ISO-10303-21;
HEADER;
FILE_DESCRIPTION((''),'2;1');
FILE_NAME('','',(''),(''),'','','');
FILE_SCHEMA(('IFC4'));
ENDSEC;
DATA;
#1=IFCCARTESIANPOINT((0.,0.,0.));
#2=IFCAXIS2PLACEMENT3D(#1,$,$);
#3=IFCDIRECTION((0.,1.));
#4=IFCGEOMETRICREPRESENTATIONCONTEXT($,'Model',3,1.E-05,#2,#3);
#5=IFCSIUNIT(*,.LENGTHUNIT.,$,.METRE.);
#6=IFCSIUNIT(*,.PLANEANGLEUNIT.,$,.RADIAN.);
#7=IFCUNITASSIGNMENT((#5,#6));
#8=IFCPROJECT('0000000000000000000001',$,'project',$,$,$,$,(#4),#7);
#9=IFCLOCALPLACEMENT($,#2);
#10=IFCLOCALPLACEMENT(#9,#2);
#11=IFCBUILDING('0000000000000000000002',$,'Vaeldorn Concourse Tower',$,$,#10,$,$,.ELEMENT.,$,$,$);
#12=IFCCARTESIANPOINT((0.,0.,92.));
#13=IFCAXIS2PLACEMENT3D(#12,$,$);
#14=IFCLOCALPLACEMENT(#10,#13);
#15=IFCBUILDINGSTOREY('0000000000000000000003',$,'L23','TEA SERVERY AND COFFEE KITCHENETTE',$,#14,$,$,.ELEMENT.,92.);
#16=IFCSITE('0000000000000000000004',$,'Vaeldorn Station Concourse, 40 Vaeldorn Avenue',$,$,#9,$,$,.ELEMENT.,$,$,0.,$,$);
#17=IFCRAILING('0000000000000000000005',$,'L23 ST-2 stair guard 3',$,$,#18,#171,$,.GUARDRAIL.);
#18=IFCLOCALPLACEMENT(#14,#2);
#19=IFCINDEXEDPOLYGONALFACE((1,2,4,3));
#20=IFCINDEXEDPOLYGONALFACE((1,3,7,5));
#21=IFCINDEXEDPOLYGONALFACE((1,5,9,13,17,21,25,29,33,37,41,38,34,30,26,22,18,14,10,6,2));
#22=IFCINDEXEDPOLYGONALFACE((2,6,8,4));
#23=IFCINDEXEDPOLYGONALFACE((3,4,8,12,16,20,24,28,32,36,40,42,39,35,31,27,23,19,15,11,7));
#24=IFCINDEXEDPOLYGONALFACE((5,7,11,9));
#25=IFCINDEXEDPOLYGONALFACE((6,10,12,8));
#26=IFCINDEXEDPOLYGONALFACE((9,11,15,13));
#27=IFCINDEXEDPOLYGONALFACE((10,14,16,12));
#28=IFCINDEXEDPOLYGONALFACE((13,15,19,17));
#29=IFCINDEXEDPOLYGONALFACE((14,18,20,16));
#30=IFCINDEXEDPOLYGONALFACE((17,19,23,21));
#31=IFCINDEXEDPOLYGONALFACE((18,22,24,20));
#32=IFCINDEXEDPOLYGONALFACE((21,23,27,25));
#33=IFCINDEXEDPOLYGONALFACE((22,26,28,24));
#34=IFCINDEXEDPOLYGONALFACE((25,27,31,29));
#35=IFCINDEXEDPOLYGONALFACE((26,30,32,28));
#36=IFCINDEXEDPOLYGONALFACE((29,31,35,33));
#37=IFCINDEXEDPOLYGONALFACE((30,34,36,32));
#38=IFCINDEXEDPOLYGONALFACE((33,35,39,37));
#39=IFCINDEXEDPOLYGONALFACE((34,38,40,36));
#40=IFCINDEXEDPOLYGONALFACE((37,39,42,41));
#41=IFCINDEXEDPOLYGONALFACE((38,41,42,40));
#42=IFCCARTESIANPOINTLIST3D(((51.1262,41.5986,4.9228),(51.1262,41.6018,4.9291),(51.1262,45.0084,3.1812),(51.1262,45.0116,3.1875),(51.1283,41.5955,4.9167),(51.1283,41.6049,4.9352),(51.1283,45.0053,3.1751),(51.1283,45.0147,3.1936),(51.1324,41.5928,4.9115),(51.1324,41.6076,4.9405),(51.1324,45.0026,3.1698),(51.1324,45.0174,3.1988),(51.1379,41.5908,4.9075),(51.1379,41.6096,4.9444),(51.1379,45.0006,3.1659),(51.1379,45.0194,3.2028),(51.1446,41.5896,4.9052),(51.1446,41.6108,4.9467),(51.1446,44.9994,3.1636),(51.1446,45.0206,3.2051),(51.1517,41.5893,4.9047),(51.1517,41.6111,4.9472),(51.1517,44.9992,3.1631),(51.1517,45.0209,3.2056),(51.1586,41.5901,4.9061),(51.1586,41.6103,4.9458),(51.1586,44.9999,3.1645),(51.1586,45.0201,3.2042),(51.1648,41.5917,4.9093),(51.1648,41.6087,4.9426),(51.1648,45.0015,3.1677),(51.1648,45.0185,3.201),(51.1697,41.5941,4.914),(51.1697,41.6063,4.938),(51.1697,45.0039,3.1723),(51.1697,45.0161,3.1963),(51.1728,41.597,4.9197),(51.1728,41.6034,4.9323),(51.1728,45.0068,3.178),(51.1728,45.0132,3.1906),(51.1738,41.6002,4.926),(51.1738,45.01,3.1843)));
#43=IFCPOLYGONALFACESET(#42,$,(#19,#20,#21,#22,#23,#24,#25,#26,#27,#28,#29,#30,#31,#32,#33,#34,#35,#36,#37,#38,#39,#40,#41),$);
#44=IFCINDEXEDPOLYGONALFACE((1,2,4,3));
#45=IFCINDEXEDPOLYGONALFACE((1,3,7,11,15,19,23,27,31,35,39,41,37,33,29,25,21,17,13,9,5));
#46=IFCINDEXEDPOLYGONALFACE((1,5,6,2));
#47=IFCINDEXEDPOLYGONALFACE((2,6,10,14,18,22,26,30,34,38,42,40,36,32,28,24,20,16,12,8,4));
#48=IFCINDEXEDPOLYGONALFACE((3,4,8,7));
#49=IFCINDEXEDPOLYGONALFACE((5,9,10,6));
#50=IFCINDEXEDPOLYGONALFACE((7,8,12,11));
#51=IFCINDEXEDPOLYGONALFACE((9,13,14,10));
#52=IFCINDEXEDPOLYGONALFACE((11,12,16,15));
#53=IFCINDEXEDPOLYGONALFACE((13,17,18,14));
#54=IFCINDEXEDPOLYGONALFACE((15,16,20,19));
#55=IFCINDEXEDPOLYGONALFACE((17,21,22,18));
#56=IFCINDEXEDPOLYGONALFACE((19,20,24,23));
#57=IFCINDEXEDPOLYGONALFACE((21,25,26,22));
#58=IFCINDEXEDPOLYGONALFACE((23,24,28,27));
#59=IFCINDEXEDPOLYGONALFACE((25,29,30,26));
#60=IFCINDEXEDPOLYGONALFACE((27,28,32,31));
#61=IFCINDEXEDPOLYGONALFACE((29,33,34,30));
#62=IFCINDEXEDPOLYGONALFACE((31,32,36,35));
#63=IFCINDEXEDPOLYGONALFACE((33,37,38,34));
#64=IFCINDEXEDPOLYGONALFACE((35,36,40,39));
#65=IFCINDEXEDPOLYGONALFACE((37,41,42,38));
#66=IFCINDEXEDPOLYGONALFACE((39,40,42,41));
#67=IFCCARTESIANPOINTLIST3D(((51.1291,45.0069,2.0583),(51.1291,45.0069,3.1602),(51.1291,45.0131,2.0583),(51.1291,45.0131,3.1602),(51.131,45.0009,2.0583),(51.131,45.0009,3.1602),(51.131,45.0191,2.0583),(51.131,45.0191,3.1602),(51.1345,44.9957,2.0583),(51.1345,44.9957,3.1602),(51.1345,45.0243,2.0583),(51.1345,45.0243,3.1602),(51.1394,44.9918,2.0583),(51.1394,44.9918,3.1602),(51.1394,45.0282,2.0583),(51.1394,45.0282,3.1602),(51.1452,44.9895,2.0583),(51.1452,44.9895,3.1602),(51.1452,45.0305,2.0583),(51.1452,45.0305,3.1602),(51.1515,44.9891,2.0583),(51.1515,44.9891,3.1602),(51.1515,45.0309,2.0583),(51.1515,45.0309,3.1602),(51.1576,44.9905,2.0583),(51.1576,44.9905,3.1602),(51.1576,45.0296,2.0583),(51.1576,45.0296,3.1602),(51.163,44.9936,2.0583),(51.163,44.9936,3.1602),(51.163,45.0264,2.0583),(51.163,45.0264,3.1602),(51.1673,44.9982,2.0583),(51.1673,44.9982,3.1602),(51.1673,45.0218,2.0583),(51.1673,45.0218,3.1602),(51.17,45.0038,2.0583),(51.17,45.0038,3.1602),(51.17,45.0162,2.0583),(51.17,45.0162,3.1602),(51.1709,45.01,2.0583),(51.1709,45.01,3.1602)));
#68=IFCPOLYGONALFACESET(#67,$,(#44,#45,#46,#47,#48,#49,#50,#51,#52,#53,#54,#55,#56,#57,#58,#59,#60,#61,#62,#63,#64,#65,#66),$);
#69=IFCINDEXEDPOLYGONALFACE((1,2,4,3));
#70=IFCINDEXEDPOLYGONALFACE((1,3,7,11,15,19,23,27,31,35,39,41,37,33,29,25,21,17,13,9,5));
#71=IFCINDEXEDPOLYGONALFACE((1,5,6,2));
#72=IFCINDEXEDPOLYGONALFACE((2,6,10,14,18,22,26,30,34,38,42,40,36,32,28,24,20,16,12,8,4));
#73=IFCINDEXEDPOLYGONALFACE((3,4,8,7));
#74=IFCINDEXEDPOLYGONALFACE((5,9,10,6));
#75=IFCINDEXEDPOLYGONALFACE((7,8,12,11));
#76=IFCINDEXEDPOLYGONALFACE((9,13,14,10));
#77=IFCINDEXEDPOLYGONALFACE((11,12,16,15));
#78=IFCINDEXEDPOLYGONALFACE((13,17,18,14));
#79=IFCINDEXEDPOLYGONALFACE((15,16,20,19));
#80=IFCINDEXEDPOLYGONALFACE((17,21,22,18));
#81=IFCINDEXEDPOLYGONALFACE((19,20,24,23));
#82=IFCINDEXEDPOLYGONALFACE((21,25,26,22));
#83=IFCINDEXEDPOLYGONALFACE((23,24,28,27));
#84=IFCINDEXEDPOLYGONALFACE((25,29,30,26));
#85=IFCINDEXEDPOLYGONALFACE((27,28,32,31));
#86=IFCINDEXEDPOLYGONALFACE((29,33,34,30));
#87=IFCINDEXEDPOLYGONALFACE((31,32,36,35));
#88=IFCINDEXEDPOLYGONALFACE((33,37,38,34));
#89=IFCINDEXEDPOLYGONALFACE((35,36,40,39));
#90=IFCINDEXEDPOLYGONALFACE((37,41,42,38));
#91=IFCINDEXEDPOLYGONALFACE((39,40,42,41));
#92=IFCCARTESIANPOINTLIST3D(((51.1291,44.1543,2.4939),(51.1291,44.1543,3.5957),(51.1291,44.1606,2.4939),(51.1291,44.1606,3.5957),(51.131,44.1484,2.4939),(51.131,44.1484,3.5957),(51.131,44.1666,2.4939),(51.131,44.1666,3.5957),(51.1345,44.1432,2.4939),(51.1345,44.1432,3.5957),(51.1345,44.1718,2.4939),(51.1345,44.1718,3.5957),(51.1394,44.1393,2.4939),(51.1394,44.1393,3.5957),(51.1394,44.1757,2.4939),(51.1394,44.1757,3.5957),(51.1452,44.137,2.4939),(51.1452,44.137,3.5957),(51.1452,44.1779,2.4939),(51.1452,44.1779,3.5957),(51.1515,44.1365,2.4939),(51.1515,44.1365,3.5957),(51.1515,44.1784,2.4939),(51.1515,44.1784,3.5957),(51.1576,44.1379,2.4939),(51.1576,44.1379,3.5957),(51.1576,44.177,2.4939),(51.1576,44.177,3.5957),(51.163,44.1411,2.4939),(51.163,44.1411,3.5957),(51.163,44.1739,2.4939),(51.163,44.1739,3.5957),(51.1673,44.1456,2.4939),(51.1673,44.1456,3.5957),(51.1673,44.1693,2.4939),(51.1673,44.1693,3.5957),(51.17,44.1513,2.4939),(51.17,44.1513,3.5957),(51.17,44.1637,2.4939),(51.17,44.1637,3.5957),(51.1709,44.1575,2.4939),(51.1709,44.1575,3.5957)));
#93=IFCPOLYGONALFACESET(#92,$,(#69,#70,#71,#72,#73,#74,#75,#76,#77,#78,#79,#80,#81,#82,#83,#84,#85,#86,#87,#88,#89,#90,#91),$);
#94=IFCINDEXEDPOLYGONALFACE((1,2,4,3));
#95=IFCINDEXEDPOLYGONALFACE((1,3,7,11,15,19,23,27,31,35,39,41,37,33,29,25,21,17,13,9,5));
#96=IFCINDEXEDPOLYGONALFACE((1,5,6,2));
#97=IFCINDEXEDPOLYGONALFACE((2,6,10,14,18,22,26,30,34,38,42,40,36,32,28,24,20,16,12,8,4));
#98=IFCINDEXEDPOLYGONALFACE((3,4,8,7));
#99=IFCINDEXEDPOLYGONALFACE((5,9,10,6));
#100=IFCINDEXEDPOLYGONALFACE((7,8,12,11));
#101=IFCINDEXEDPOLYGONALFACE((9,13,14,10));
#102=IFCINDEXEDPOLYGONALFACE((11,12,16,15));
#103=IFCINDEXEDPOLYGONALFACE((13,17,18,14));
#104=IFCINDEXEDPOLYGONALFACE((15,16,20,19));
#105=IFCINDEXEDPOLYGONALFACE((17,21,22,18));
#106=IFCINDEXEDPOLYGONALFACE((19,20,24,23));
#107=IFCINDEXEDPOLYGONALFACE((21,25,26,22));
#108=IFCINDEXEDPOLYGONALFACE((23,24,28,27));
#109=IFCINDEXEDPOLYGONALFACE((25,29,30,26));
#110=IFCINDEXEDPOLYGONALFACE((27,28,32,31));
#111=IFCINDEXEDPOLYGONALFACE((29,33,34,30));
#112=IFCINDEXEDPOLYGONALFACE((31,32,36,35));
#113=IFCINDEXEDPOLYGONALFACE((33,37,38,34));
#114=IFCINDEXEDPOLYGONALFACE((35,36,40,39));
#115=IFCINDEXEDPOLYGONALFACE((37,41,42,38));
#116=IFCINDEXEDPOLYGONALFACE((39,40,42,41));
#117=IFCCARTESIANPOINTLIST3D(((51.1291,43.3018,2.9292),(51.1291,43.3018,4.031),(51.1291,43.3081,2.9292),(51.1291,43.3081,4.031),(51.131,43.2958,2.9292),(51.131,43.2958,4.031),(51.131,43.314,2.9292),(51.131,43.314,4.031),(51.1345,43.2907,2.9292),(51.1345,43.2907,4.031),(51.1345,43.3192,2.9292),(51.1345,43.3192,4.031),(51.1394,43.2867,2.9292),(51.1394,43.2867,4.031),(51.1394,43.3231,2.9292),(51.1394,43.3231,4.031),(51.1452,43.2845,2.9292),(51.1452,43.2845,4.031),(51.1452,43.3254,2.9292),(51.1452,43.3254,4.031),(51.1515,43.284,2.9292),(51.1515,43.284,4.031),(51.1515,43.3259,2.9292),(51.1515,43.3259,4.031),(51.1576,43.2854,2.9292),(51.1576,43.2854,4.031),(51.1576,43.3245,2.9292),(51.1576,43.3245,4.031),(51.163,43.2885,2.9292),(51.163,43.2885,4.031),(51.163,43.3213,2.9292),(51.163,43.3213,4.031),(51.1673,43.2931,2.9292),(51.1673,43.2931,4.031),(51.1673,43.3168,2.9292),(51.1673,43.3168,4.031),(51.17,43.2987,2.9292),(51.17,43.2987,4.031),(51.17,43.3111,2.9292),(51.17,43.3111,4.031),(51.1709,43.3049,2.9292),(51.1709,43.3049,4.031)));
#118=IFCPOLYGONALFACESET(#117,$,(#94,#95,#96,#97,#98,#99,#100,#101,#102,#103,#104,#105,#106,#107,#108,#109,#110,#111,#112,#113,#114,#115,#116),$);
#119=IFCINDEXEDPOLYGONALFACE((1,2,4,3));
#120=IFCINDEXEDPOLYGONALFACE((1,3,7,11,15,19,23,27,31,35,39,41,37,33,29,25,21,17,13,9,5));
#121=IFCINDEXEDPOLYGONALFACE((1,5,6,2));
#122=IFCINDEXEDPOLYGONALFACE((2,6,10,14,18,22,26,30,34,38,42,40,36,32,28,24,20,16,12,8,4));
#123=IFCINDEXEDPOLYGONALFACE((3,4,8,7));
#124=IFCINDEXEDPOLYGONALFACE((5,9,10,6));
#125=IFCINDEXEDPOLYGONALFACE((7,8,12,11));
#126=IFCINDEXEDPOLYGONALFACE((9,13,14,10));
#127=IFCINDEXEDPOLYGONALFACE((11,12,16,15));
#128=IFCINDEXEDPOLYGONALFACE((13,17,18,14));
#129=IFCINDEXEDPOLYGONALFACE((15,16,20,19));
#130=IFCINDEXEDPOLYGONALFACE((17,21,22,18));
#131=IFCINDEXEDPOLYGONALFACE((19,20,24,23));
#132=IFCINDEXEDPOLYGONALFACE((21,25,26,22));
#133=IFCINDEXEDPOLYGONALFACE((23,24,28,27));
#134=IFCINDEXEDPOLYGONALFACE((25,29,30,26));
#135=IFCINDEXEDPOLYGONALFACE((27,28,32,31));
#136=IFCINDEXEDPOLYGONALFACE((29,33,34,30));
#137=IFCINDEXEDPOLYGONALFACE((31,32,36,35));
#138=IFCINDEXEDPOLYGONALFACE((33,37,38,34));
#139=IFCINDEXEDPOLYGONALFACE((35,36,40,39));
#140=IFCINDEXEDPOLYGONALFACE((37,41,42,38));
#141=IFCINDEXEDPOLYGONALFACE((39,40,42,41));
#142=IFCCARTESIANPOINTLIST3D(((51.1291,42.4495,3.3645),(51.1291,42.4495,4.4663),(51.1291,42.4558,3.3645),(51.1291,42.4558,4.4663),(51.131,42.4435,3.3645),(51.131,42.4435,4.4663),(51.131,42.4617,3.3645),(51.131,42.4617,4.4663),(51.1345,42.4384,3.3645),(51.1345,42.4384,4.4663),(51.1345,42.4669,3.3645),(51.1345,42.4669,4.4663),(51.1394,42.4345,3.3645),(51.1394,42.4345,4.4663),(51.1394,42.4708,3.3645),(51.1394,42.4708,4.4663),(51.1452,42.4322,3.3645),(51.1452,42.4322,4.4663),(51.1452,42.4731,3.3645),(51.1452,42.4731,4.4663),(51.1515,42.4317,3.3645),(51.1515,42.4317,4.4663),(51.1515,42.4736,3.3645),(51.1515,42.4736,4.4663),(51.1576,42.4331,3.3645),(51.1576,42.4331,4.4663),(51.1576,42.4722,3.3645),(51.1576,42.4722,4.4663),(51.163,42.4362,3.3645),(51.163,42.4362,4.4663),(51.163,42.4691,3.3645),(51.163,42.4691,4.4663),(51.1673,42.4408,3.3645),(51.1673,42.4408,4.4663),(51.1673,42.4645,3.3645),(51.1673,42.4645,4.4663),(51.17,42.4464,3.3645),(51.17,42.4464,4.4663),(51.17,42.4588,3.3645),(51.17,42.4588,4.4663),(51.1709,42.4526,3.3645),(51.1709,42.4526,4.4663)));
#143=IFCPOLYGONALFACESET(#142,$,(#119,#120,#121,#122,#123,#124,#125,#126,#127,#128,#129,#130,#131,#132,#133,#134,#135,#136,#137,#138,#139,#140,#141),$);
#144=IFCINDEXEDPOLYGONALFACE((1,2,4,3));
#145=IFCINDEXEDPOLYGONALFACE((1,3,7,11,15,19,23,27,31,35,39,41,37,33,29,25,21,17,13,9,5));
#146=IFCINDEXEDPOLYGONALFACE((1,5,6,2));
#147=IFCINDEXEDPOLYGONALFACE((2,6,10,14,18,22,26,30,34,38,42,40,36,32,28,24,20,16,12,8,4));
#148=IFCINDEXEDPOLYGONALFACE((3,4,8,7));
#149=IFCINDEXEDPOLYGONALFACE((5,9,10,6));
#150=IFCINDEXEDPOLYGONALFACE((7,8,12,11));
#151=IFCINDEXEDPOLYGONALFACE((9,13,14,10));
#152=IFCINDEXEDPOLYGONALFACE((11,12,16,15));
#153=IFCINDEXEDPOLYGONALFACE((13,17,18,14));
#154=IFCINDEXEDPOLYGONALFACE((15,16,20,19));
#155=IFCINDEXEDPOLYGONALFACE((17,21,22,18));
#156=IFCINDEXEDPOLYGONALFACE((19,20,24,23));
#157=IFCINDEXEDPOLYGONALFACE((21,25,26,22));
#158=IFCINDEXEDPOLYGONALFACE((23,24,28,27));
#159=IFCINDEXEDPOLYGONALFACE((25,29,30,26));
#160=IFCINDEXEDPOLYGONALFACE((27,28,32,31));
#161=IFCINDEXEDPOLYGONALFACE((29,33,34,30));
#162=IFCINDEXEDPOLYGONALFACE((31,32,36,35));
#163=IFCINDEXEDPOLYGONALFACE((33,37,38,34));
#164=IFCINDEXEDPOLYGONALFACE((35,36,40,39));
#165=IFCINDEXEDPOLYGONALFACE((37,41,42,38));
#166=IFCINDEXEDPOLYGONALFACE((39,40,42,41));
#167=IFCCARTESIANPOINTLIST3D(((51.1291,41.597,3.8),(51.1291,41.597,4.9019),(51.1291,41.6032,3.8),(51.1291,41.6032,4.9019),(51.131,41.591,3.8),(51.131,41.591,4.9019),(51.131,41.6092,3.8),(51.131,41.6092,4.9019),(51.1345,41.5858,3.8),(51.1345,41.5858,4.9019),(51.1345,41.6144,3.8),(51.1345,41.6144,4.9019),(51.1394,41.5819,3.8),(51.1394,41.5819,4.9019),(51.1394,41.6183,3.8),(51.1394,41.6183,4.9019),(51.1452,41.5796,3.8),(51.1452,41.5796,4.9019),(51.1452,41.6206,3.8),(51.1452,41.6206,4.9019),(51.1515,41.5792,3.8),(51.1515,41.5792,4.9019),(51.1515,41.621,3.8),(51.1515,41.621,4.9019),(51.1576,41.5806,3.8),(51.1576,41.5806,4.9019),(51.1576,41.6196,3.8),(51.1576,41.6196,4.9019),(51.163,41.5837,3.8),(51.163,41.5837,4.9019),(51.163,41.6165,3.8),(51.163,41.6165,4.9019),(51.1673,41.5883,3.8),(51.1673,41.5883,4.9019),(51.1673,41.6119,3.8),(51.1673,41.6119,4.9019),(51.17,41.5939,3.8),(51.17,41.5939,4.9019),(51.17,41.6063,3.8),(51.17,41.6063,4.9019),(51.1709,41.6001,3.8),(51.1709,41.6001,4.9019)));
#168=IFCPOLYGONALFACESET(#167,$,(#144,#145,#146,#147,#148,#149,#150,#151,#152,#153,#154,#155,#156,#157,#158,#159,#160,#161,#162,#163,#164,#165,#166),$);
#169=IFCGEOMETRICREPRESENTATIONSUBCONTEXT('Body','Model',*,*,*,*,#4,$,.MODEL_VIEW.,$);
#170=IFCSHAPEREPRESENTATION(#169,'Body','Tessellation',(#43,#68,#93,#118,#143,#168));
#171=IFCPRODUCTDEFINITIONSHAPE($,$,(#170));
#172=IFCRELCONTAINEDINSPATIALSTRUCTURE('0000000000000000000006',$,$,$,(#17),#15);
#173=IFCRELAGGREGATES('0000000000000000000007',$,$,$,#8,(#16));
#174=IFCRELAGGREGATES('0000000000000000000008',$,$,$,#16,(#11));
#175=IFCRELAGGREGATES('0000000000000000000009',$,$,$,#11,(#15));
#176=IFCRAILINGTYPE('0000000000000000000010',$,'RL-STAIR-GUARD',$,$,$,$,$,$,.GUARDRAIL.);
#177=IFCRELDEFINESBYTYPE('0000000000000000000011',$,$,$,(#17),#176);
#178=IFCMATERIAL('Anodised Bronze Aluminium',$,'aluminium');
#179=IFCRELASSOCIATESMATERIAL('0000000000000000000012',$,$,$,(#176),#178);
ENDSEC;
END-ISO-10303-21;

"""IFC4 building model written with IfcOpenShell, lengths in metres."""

from ifc_helpers import new_model, si_unit, direction, frame, origin, origin_2d, place, context, subcontext, project, spatial, circle, extrude, material, type_object, element, save


model = new_model("IFC4")

# Units and contexts
model_context = context("Model", 3, precision=1e-05, world=origin(), true_north=direction((0.0, 1.0)))
body_context = subcontext(model_context, "Body", "Model", "MODEL_VIEW")
ifc_project = project(units=[si_unit("LENGTHUNIT", "METRE"), si_unit("PLANEANGLEUNIT", "RADIAN")], contexts=[model_context])

# Site, building, storey
site_placement = place(None, origin())
site = spatial("IfcSite", under=ifc_project, at=site_placement, Name="Vaeldorn Station Concourse, 40 Vaeldorn Avenue", CompositionType="ELEMENT", RefElevation=0.0)
building_placement = place(site_placement, origin())
building = spatial("IfcBuilding", under=site, at=building_placement, Name="Vaeldorn Concourse Tower", CompositionType="ELEMENT")
storey_placement = place(building_placement, frame((0.0, 0.0, 92.0)))
storey = spatial("IfcBuildingStorey", under=building, at=storey_placement, Name="L23", Description="TEA SERVERY AND COFFEE KITCHENETTE", CompositionType="ELEMENT", Elevation=92.0)

# Shared definitions
ifc_material_1 = material(Name="Anodised Bronze Aluminium", Category="aluminium")

# Railing
railing_type_1 = type_object("IfcRailingType", Name="RL-STAIR-GUARD", PredefinedType="GUARDRAIL", material=ifc_material_1)
railing_1_placement = place(storey_placement, frame((51.1499, 45.01, 2.0583)))
element("IfcRailing", 1, at=railing_1_placement, inside=storey, type_object=railing_type_1, Name="L23 ST-2 stair guard 3", PredefinedType="GUARDRAIL", context=body_context, shape_type="SweptSolid", body=[
    extrude(circle(Radius=0.0239, at=origin_2d()), frame((0.0, 0.0, 1.126), z_axis=(0.0, -0.890556, 0.454874), x_axis=(1.0, 0.0, 0.0)), (0.0, 0.0, 1.0), 3.8289),
    extrude(circle(Radius=0.021, at=origin_2d()), origin(), (0.0, 0.0, 1.0), 1.1018),
    extrude(circle(Radius=0.021, at=origin_2d()), frame((0.0, -0.8525, 0.4355)), (0.0, 0.0, 1.0), 1.1018),
    extrude(circle(Radius=0.021, at=origin_2d()), frame((0.0, -1.7051, 0.8708)), (0.0, 0.0, 1.0), 1.1018),
    extrude(circle(Radius=0.021, at=origin_2d()), frame((0.0, -2.5574, 1.3062)), (0.0, 0.0, 1.0), 1.1018),
    extrude(circle(Radius=0.021, at=origin_2d()), frame((0.0, -3.4099, 1.7417)), (0.0, 0.0, 1.0), 1.1018),
])

save(model, "model.ifc")
